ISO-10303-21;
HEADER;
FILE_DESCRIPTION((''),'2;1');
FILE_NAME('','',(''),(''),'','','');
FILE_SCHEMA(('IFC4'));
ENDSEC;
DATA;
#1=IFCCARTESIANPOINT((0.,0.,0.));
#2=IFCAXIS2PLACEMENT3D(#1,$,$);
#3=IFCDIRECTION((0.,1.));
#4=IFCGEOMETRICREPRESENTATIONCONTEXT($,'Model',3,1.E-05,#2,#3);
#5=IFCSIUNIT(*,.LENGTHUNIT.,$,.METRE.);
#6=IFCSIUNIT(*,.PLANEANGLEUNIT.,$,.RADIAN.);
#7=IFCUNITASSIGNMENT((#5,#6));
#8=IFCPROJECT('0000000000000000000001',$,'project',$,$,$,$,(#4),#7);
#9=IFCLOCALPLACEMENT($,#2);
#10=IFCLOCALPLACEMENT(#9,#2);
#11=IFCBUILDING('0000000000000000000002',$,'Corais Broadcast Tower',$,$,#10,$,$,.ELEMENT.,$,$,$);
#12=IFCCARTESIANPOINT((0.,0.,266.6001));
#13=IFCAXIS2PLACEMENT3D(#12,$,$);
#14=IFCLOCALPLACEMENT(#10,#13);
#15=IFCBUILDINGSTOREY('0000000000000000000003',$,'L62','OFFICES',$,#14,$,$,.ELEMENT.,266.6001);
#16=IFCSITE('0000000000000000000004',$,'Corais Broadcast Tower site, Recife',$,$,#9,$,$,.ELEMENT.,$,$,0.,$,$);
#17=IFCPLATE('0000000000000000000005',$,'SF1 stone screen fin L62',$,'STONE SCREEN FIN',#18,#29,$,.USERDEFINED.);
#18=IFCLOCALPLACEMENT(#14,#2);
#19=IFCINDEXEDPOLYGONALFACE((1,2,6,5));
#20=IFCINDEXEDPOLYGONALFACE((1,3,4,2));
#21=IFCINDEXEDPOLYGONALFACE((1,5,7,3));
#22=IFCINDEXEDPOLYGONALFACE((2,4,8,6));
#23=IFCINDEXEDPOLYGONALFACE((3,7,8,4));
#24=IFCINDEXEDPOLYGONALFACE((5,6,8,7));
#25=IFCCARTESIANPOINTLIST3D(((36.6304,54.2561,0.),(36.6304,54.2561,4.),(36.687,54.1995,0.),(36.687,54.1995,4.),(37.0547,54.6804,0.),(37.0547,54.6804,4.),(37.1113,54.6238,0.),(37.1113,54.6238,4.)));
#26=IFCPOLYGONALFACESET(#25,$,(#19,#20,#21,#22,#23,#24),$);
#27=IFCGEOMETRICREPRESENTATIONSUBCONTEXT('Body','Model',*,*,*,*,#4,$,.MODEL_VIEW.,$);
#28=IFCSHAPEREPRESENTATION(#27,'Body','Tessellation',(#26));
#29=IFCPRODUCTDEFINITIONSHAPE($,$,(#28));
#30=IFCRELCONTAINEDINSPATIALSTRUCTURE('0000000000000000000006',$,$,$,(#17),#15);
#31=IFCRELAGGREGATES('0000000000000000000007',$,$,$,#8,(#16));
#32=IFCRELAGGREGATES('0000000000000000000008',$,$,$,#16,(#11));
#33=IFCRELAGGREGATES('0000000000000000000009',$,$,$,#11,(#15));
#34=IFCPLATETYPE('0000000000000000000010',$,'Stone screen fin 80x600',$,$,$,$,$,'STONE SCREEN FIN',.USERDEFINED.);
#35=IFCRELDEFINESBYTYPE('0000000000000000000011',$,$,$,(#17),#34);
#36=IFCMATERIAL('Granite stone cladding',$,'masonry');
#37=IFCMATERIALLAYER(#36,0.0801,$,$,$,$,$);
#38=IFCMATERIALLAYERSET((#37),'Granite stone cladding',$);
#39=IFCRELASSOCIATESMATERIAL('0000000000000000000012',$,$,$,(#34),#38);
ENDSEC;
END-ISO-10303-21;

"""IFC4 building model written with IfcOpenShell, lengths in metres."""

from ifc_helpers import new_model, si_unit, direction, frame, origin, origin_2d, place, context, subcontext, project, spatial, rectangle, extrude, material, layer, layer_set, type_object, element, save


model = new_model("IFC4")

# Units and contexts
model_context = context("Model", 3, precision=1e-05, world=origin(), true_north=direction((0.0, 1.0)))
body_context = subcontext(model_context, "Body", "Model", "MODEL_VIEW")
ifc_project = project(units=[si_unit("LENGTHUNIT", "METRE"), si_unit("PLANEANGLEUNIT", "RADIAN")], contexts=[model_context])

# Site, building, storey
site_placement = place(None, origin())
site = spatial("IfcSite", under=ifc_project, at=site_placement, Name="Corais Broadcast Tower site, Recife", CompositionType="ELEMENT", RefElevation=0.0)
building_placement = place(site_placement, origin())
building = spatial("IfcBuilding", under=site, at=building_placement, Name="Corais Broadcast Tower", CompositionType="ELEMENT")
storey_placement = place(building_placement, frame((0.0, 0.0, 266.6001)))
storey = spatial("IfcBuildingStorey", under=building, at=storey_placement, Name="L62", Description="OFFICES", CompositionType="ELEMENT", Elevation=266.6001)

# Plate
ifc_material_1 = material(Name="Granite stone cladding", Category="masonry")
ifc_layer_1 = layer(ifc_material_1, 0.0801)
ifc_layer_set_1 = layer_set([ifc_layer_1], Name="Granite stone cladding")
plate_type_1 = type_object("IfcPlateType", Name="Stone screen fin 80x600", ElementType="STONE SCREEN FIN", PredefinedType="USERDEFINED", material=ifc_layer_set_1)
plate_1_placement = place(storey_placement, frame((36.8708, 54.4399, 0.0), z_axis=(0.0, 0.0, 1.0), x_axis=(0.707107, -0.707107, 0.0)))
element("IfcPlate", 1, at=plate_1_placement, inside=storey, type_object=plate_type_1, Name="SF1 stone screen fin L62", ObjectType="STONE SCREEN FIN", PredefinedType="USERDEFINED", context=body_context, shape_type="SweptSolid", body=[
    extrude(rectangle(XDim=0.0801, YDim=0.6001, at=origin_2d()), origin(), (0.0, 0.0, 1.0), 4.0),
])

save(model, "model.ifc")
